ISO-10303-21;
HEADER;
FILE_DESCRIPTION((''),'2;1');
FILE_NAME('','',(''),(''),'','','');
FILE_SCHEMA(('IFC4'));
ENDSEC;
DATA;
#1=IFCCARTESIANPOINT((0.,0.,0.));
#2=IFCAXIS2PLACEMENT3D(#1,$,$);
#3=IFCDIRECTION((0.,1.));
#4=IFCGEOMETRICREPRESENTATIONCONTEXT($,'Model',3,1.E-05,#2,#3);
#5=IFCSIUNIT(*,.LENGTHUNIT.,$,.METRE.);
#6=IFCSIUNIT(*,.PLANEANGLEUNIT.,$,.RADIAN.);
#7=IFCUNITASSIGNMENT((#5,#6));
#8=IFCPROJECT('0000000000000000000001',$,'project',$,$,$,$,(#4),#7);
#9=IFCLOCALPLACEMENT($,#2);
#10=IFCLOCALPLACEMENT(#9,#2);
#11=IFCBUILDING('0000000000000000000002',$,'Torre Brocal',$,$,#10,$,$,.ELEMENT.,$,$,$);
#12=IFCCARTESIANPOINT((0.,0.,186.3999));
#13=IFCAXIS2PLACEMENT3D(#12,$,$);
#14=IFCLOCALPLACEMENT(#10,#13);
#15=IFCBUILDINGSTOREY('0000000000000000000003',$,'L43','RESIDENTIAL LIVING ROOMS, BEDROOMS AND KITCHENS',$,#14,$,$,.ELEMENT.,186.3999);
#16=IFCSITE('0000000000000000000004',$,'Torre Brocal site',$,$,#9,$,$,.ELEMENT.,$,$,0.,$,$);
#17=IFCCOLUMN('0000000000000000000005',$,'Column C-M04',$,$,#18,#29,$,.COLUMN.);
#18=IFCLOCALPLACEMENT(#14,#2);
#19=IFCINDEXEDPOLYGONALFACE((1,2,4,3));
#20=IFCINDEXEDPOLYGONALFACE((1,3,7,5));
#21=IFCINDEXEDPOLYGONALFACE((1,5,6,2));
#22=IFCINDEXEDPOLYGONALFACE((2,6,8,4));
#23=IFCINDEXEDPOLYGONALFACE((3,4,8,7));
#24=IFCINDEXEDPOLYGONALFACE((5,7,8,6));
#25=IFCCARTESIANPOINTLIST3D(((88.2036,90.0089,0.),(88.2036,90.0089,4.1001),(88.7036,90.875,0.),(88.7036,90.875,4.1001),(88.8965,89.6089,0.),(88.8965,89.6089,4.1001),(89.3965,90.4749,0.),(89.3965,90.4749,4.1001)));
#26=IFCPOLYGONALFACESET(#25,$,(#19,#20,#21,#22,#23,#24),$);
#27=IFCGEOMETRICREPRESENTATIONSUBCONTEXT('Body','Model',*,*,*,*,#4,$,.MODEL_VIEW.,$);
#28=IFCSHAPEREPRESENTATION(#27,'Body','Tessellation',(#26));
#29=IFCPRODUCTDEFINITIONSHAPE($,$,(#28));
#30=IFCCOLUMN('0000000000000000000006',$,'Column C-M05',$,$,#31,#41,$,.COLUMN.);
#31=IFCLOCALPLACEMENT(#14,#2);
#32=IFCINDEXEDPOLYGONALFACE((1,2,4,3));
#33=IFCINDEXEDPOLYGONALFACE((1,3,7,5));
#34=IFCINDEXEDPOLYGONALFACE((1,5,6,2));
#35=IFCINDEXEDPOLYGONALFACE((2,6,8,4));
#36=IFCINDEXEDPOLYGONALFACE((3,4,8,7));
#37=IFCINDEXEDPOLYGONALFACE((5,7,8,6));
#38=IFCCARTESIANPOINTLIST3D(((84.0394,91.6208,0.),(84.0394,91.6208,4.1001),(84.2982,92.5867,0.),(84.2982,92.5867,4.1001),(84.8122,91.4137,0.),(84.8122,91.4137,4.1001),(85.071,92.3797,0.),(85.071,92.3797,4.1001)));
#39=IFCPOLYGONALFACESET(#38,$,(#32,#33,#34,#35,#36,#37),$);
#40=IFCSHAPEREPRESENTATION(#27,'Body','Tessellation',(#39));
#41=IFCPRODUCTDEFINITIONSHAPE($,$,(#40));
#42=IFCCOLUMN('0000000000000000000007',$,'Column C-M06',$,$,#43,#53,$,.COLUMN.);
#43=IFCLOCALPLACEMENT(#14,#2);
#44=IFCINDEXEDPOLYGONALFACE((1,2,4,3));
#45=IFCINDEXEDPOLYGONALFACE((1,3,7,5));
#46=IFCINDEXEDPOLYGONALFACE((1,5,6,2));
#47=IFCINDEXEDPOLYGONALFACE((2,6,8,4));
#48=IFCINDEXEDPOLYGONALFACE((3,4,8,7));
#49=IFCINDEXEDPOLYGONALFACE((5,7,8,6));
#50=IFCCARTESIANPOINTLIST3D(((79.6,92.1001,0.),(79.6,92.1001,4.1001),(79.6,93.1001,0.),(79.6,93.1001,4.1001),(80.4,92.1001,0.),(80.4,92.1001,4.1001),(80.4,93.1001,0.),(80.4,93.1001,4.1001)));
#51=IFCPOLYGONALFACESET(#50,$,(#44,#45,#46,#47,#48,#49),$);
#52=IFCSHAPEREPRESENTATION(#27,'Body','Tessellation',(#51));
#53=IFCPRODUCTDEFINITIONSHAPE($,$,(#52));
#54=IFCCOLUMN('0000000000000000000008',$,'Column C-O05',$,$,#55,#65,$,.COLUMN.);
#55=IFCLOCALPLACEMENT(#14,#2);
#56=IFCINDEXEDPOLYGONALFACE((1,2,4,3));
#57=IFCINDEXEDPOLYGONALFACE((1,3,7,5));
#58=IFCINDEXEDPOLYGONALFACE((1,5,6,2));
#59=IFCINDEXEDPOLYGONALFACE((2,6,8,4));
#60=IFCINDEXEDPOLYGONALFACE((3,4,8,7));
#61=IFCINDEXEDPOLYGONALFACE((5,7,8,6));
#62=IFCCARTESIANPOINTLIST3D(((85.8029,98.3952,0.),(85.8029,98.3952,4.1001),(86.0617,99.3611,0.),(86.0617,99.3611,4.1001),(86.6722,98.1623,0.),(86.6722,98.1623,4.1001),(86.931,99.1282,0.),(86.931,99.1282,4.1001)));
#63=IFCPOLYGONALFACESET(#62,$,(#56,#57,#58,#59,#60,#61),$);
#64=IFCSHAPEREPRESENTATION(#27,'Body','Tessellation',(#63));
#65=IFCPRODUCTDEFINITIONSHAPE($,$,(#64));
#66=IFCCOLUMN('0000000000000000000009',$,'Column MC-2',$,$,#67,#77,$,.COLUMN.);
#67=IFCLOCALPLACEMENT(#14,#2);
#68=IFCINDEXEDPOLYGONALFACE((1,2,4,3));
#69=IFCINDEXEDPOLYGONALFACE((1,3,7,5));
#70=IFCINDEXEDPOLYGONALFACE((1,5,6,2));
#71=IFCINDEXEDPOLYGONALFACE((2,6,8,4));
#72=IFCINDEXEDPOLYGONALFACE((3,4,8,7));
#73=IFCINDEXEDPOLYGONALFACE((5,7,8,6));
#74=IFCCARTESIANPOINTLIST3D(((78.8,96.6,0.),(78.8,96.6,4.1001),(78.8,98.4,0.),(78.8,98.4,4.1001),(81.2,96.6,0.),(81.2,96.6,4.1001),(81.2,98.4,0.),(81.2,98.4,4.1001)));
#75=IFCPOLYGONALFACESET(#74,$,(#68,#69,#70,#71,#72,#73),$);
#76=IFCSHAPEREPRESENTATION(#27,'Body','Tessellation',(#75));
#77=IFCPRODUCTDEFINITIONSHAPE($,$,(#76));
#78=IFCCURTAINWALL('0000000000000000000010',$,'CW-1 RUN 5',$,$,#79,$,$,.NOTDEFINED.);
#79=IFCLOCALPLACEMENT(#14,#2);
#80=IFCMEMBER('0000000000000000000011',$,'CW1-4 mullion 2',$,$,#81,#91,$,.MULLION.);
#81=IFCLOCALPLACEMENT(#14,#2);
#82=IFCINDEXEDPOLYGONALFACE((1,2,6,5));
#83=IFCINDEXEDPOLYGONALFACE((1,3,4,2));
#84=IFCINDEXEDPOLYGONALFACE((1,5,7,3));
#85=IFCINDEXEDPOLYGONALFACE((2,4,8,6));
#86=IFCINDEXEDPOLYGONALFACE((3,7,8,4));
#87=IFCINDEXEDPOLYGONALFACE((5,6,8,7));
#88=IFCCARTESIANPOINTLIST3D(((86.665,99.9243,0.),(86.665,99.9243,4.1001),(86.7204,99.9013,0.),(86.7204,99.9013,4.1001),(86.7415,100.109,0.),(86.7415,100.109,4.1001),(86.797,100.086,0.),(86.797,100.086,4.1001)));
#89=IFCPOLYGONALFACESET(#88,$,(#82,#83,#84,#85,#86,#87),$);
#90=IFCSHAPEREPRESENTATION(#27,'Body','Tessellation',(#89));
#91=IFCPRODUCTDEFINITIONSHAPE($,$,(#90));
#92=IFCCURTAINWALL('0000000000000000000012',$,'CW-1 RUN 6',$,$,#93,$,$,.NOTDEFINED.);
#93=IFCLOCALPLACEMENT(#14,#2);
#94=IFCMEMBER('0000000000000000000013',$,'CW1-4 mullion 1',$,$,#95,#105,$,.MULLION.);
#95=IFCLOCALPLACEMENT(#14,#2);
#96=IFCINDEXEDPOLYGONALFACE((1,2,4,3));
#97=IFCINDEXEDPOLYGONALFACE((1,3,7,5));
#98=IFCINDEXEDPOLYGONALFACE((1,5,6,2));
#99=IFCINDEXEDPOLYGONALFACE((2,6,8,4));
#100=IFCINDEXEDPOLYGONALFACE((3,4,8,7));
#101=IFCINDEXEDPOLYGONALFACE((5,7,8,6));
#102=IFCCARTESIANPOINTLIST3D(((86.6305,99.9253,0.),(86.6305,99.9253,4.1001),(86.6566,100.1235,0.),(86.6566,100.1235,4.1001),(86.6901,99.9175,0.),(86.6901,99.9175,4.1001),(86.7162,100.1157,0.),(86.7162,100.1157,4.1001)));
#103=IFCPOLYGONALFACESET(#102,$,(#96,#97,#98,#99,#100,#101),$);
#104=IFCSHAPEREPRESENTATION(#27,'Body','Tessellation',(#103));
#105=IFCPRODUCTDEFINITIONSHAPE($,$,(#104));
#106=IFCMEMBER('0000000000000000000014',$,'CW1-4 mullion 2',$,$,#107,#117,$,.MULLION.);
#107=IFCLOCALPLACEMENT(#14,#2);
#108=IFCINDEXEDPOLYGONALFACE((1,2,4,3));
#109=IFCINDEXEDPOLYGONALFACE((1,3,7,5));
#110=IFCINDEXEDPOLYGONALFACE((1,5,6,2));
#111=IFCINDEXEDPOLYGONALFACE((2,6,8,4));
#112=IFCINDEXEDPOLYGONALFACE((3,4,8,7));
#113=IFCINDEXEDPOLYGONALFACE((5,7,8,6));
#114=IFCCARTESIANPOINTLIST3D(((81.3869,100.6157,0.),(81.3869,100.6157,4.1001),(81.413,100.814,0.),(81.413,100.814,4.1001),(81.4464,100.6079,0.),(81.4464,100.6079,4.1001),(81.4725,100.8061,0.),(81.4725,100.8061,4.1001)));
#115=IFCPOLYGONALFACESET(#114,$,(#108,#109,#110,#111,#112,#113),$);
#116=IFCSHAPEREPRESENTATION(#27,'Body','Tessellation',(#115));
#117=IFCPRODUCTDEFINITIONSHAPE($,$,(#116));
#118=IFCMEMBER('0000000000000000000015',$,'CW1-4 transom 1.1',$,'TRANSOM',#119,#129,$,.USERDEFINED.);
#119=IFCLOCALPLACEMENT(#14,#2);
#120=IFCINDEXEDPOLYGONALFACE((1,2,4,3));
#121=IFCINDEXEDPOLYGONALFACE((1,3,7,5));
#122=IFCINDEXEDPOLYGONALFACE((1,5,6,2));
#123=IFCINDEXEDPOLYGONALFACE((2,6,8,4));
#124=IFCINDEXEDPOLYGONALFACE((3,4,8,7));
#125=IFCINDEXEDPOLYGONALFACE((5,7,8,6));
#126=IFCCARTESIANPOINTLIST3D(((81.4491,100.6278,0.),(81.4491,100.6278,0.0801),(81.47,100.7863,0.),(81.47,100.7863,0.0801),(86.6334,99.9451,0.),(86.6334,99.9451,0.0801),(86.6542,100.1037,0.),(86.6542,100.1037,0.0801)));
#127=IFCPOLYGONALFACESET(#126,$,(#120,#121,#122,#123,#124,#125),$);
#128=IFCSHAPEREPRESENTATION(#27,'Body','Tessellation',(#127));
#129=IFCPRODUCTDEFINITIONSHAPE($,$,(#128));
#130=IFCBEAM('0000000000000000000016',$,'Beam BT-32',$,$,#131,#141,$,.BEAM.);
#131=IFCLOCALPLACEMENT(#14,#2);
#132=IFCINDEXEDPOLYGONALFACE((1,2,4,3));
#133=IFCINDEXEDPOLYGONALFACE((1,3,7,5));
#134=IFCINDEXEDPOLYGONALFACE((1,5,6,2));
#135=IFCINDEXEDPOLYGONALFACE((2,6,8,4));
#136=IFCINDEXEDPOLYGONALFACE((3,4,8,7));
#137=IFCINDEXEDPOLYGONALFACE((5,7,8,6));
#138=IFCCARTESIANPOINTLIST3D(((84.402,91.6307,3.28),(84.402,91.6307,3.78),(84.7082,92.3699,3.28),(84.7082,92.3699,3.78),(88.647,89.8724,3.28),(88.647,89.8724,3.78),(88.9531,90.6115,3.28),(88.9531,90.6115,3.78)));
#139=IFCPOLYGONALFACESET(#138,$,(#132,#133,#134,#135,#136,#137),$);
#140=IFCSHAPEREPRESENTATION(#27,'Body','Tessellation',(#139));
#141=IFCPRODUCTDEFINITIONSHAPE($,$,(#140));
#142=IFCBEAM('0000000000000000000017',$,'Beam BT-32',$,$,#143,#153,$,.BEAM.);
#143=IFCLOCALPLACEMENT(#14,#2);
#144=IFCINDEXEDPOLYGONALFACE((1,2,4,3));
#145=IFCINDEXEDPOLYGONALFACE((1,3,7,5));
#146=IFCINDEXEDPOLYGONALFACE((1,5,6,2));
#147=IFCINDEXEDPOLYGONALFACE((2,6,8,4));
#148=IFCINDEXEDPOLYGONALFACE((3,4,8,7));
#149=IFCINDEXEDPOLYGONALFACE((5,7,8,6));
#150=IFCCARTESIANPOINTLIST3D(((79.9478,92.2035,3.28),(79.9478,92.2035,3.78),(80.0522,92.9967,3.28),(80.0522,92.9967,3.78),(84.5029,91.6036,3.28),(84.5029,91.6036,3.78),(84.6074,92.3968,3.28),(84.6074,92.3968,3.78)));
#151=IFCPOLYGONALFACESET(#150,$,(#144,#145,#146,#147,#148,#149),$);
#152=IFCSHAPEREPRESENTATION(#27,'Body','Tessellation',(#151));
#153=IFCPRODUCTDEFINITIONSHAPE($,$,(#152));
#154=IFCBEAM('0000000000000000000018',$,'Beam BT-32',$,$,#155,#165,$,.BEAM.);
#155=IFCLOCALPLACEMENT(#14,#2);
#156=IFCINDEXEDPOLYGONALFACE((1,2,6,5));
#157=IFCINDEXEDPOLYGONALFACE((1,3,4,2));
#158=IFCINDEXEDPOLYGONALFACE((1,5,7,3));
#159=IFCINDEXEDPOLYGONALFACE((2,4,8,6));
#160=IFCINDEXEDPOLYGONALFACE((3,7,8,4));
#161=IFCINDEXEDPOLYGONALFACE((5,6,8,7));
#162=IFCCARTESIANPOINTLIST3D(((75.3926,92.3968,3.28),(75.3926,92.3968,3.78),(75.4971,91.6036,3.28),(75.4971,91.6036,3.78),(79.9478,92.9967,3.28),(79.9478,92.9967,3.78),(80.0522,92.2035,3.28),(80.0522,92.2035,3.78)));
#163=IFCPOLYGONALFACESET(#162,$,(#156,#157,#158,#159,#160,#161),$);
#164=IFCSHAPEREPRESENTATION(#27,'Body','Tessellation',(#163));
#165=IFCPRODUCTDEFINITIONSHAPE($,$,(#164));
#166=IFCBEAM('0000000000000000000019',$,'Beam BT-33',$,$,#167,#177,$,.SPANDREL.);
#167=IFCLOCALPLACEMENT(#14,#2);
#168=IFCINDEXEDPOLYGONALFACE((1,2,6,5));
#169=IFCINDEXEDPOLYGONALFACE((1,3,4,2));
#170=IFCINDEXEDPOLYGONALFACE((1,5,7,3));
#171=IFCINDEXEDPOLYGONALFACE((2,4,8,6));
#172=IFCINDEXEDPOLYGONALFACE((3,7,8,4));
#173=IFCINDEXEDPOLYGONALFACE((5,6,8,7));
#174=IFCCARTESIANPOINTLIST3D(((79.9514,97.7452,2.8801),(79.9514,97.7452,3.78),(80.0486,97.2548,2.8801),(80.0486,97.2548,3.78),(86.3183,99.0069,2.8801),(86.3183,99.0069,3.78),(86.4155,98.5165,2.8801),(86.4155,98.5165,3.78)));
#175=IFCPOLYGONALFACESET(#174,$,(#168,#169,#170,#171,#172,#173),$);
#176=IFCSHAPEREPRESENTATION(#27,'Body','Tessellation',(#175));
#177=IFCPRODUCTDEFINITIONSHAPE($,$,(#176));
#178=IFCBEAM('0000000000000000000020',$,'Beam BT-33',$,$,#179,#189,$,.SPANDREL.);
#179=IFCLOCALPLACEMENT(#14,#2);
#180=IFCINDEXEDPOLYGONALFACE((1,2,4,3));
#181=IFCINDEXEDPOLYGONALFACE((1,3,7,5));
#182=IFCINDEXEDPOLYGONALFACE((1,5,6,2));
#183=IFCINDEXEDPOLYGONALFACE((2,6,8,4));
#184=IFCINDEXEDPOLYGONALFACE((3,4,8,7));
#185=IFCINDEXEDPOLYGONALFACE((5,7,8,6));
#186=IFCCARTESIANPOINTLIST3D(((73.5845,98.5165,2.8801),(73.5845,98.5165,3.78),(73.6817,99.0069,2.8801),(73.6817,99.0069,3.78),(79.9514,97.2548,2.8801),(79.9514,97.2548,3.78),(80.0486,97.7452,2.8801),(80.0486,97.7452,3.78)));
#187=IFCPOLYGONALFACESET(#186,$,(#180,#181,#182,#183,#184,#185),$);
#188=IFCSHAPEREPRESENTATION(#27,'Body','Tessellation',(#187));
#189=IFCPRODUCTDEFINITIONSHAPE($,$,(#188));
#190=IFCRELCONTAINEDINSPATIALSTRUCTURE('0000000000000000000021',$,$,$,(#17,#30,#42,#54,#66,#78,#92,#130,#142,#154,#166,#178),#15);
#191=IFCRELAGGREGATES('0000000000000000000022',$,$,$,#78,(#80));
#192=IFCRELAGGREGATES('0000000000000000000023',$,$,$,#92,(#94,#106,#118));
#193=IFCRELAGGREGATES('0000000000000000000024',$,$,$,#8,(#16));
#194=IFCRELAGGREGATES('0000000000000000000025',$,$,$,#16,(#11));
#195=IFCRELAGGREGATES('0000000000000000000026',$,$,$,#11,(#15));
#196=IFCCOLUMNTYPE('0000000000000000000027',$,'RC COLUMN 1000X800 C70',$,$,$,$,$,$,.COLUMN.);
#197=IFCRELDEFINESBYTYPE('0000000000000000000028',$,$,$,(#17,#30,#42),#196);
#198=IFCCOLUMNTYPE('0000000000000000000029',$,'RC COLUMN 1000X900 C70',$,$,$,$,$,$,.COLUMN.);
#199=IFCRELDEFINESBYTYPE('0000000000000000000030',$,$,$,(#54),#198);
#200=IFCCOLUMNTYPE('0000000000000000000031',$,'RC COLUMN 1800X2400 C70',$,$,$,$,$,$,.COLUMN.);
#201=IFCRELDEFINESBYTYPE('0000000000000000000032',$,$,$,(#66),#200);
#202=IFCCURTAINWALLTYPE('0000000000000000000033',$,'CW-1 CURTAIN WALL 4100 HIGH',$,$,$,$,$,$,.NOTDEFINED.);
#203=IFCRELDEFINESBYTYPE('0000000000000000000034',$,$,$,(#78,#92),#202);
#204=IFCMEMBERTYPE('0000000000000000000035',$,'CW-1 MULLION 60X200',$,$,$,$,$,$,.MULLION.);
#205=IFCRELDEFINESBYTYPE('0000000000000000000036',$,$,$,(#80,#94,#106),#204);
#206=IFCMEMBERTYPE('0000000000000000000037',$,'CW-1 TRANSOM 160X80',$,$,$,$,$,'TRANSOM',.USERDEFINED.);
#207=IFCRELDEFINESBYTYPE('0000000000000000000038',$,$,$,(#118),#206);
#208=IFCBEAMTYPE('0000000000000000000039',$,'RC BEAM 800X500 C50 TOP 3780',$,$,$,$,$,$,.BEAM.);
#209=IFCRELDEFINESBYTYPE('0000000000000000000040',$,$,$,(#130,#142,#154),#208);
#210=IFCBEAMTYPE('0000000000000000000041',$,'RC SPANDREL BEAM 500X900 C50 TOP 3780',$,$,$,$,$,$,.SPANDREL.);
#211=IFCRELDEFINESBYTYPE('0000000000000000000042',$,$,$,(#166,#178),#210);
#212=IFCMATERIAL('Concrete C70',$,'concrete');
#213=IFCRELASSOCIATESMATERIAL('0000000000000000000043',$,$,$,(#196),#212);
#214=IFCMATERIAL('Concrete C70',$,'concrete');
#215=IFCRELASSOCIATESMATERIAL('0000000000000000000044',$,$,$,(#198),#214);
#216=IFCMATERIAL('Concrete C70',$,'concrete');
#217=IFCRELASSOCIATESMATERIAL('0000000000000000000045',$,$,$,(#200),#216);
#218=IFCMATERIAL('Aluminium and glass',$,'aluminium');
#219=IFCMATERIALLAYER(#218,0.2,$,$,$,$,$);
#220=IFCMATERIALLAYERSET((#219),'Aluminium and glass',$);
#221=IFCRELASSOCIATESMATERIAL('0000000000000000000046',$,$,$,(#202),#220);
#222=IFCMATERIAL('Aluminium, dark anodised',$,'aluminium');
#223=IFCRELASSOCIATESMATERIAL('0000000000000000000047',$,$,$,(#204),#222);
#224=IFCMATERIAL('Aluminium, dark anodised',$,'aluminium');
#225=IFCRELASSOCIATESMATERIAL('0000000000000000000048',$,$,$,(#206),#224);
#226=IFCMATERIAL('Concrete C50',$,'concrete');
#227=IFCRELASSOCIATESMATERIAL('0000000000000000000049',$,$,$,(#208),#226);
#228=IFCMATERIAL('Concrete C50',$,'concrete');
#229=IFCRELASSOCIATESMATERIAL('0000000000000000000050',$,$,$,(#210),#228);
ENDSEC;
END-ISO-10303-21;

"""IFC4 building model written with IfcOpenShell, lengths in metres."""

from ifc_helpers import new_model, si_unit, direction, frame, origin, origin_2d, place, context, subcontext, project, spatial, rectangle, extrude, material, layer, layer_set, material_profile, profile_set, type_object, element, aggregate, save


model = new_model("IFC4")

# Units and contexts
model_context = context("Model", 3, precision=1e-05, world=origin(), true_north=direction((0.0, 1.0)))
body_context = subcontext(model_context, "Body", "Model", "MODEL_VIEW")
ifc_project = project(units=[si_unit("LENGTHUNIT", "METRE"), si_unit("PLANEANGLEUNIT", "RADIAN")], contexts=[model_context])

# Site, building, storey
site_placement = place(None, origin())
site = spatial("IfcSite", under=ifc_project, at=site_placement, Name="Torre Brocal site", CompositionType="ELEMENT", RefElevation=0.0)
building_placement = place(site_placement, origin())
building = spatial("IfcBuilding", under=site, at=building_placement, Name="Torre Brocal", CompositionType="ELEMENT")
storey_placement = place(building_placement, frame((0.0, 0.0, 186.3999)))
storey = spatial("IfcBuildingStorey", under=building, at=storey_placement, Name="L43", Description="RESIDENTIAL LIVING ROOMS, BEDROOMS AND KITCHENS", CompositionType="ELEMENT", Elevation=186.3999)

# Columns
ifc_material_1 = material(Name="Concrete C70", Category="concrete")
ifc_material_profile_1 = material_profile(ifc_material_1, rectangle(XDim=1.0, YDim=0.8, at=origin_2d()), Name="RC 1000X800")
ifc_profile_set_1 = profile_set([ifc_material_profile_1], Name="Concrete C70")
column_type_1 = type_object("IfcColumnType", Name="RC COLUMN 1000X800 C70", PredefinedType="COLUMN", material=ifc_profile_set_1)
for number, where, z_axis, x_axis, name in (
    (1, (88.8, 90.2419, 0.0), (0.0, 0.0, 1.0), (0.5, 0.866025, 0.0), "Column C-M04"),
    (2, (84.5552, 92.0002, 0.0), (0.0, 0.0, 1.0), (0.258819, 0.965926, 0.0), "Column C-M05"),
    (3, (80.0, 92.6001, 0.0), (0.0, 0.0, 1.0), (0.0, 1.0, 0.0), "Column C-M06"),
):
    element("IfcColumn", number, at=place(storey_placement, frame(where, z_axis=z_axis, x_axis=x_axis)), inside=storey, type_object=column_type_1, Name=name, PredefinedType="COLUMN", context=body_context, shape_type="SweptSolid", body=[
        extrude(rectangle(XDim=1.0, YDim=0.8, at=origin_2d()), origin(), (0.0, 0.0, 1.0), 4.1001),
    ])
ifc_material_2 = material(Name="Concrete C70", Category="concrete")
ifc_material_profile_2 = material_profile(ifc_material_2, rectangle(XDim=1.0, YDim=0.8999, at=origin_2d()), Name="RC 1000X900")
ifc_profile_set_2 = profile_set([ifc_material_profile_2], Name="Concrete C70")
column_type_2 = type_object("IfcColumnType", Name="RC COLUMN 1000X900 C70", PredefinedType="COLUMN", material=ifc_profile_set_2)
column_1_placement = place(storey_placement, frame((86.3669, 98.7617, 0.0), z_axis=(0.0, 0.0, 1.0), x_axis=(0.258819, 0.965926, 0.0)))
element("IfcColumn", 4, at=column_1_placement, inside=storey, type_object=column_type_2, Name="Column C-O05", PredefinedType="COLUMN", context=body_context, shape_type="SweptSolid", body=[
    extrude(rectangle(XDim=1.0, YDim=0.8999, at=origin_2d()), origin(), (0.0, 0.0, 1.0), 4.1001),
])
ifc_material_3 = material(Name="Concrete C70", Category="concrete")
ifc_material_profile_3 = material_profile(ifc_material_3, rectangle(XDim=1.8, YDim=2.3999, at=origin_2d()), Name="RC 1800X2400")
ifc_profile_set_3 = profile_set([ifc_material_profile_3], Name="Concrete C70")
column_type_3 = type_object("IfcColumnType", Name="RC COLUMN 1800X2400 C70", PredefinedType="COLUMN", material=ifc_profile_set_3)
column_2_placement = place(storey_placement, frame((80.0, 97.5, 0.0), z_axis=(0.0, 0.0, 1.0), x_axis=(0.0, 1.0, 0.0)))
element("IfcColumn", 5, at=column_2_placement, inside=storey, type_object=column_type_3, Name="Column MC-2", PredefinedType="COLUMN", context=body_context, shape_type="SweptSolid", body=[
    extrude(rectangle(XDim=1.8, YDim=2.3999, at=origin_2d()), origin(), (0.0, 0.0, 1.0), 4.1001),
])

# Curtain wall, member
ifc_material_4 = material(Name="Aluminium and glass", Category="aluminium")
ifc_layer_1 = layer(ifc_material_4, 0.2)
ifc_layer_set_1 = layer_set([ifc_layer_1], Name="Aluminium and glass")
curtain_wall_type = type_object("IfcCurtainWallType", Name="CW-1 CURTAIN WALL 4100 HIGH", PredefinedType="NOTDEFINED", material=ifc_layer_set_1)
curtain_wall_1_placement = place(storey_placement, origin())
curtain_wall_1 = element("IfcCurtainWall", 6, at=curtain_wall_1_placement, inside=storey, type_object=curtain_wall_type, Name="CW-1 RUN 5", PredefinedType="NOTDEFINED")
ifc_material_5 = material(Name="Aluminium, dark anodised", Category="aluminium")
ifc_material_profile_4 = material_profile(ifc_material_5, rectangle(XDim=0.2, YDim=0.0601, at=origin_2d()), Name="CW-1 MULLION 60X200")
ifc_profile_set_4 = profile_set([ifc_material_profile_4], Name="Aluminium, dark anodised")
member_type_1 = type_object("IfcMemberType", Name="CW-1 MULLION 60X200", PredefinedType="MULLION", material=ifc_profile_set_4)
member_1_placement = place(storey_placement, frame((86.731, 100.0051, 0.0), z_axis=(0.0, 0.0, 1.0), x_axis=(-0.382683, -0.92388, 0.0)))
member_1 = element("IfcMember", 7, at=member_1_placement, type_object=member_type_1, Name="CW1-4 mullion 2", PredefinedType="MULLION", context=body_context, shape_type="SweptSolid", body=[
    extrude(rectangle(XDim=0.2, YDim=0.0601, at=origin_2d()), origin(), (0.0, 0.0, 1.0), 4.1001),
])

# Curtain wall, members
curtain_wall_2_placement = place(storey_placement, origin())
curtain_wall_2 = element("IfcCurtainWall", 8, at=curtain_wall_2_placement, inside=storey, type_object=curtain_wall_type, Name="CW-1 RUN 6", PredefinedType="NOTDEFINED")
member_2_placement = place(storey_placement, frame((86.6733, 100.0205, 0.0), z_axis=(0.0, 0.0, 1.0), x_axis=(-0.130526, -0.991445, 0.0)))
member_2 = element("IfcMember", 9, at=member_2_placement, type_object=member_type_1, Name="CW1-4 mullion 1", PredefinedType="MULLION", context=body_context, shape_type="SweptSolid", body=[
    extrude(rectangle(XDim=0.2, YDim=0.0601, at=origin_2d()), origin(), (0.0, 0.0, 1.0), 4.1001),
])
member_3_placement = place(storey_placement, frame((81.4297, 100.7109, 0.0), z_axis=(0.0, 0.0, 1.0), x_axis=(-0.130526, -0.991445, 0.0)))
member_3 = element("IfcMember", 10, at=member_3_placement, type_object=member_type_1, Name="CW1-4 mullion 2", PredefinedType="MULLION", context=body_context, shape_type="SweptSolid", body=[
    extrude(rectangle(XDim=0.2, YDim=0.0601, at=origin_2d()), origin(), (0.0, 0.0, 1.0), 4.1001),
])
ifc_material_6 = material(Name="Aluminium, dark anodised", Category="aluminium")
ifc_material_profile_5 = material_profile(ifc_material_6, rectangle(XDim=0.1599, YDim=0.0801, at=origin_2d()), Name="CW-1 TRANSOM 160X80")
ifc_profile_set_5 = profile_set([ifc_material_profile_5], Name="Aluminium, dark anodised")
member_type_2 = type_object("IfcMemberType", Name="CW-1 TRANSOM 160X80", ElementType="TRANSOM", PredefinedType="USERDEFINED", material=ifc_profile_set_5)
member_4_placement = place(storey_placement, frame((86.6438, 100.0244, 0.04), z_axis=(-0.991443, 0.130543, 0.0), x_axis=(-0.130543, -0.991443, 0.0)))
member_4 = element("IfcMember", 11, at=member_4_placement, type_object=member_type_2, Name="CW1-4 transom 1.1", ObjectType="TRANSOM", PredefinedType="USERDEFINED", context=body_context, shape_type="SweptSolid", body=[
    extrude(rectangle(XDim=0.1599, YDim=0.0801, at=origin_2d()), origin(), (0.0, 0.0, 1.0), 5.229),
])

# Beams
ifc_material_7 = material(Name="Concrete C50", Category="concrete")
ifc_material_profile_6 = material_profile(ifc_material_7, rectangle(XDim=0.8, YDim=0.5, at=origin_2d()), Name="RC 800X500")
ifc_profile_set_6 = profile_set([ifc_material_profile_6], Name="Concrete C50")
beam_type_1 = type_object("IfcBeamType", Name="RC BEAM 800X500 C50 TOP 3780", PredefinedType="BEAM", material=ifc_profile_set_6)
beam_placement = place(storey_placement, frame((88.8, 90.2419, 3.53), z_axis=(-0.923878, 0.382687, 0.0), x_axis=(-0.382687, -0.923878, 0.0)))
element("IfcBeam", 12, at=beam_placement, inside=storey, type_object=beam_type_1, Name="Beam BT-32", PredefinedType="BEAM", context=body_context, shape_type="SweptSolid", body=[
    extrude(rectangle(XDim=0.8, YDim=0.5, at=origin_2d()), origin(), (0.0, 0.0, 1.0), 4.5947),
])
for number, where, z_axis, x_axis, name in (
    (13, (84.5552, 92.0002, 3.53), (-0.991441, 0.130559, 0.0), (-0.130559, -0.991441, 0.0), "Beam BT-32"),
    (14, (80.0, 92.6001, 3.53), (-0.991441, -0.130559, 0.0), (0.130559, -0.991441, 0.0), "Beam BT-32"),
):
    element("IfcBeam", number, at=place(storey_placement, frame(where, z_axis=z_axis, x_axis=x_axis)), inside=storey, type_object=beam_type_1, Name=name, PredefinedType="BEAM", context=body_context, shape_type="SweptSolid", body=[
        extrude(rectangle(XDim=0.8, YDim=0.5, at=origin_2d()), origin(), (0.0, 0.0, 1.0), 4.5945),
    ])
ifc_material_8 = material(Name="Concrete C50", Category="concrete")
ifc_material_profile_7 = material_profile(ifc_material_8, rectangle(XDim=0.5, YDim=0.8999, at=origin_2d()), Name="RC 500X900")
ifc_profile_set_7 = profile_set([ifc_material_profile_7], Name="Concrete C50")
beam_type_2 = type_object("IfcBeamType", Name="RC SPANDREL BEAM 500X900 C50 TOP 3780", PredefinedType="SPANDREL", material=ifc_profile_set_7)
for number, where, z_axis, x_axis, name in (
    (15, (86.3669, 98.7617, 3.3301), (-0.980925, -0.194387, 0.0), (0.194387, -0.980925, 0.0), "Beam BT-33"),
    (16, (80.0, 97.5, 3.3301), (-0.980925, 0.194387, 0.0), (-0.194387, -0.980925, 0.0), "Beam BT-33"),
):
    element("IfcBeam", number, at=place(storey_placement, frame(where, z_axis=z_axis, x_axis=x_axis)), inside=storey, type_object=beam_type_2, Name=name, PredefinedType="SPANDREL", context=body_context, shape_type="SweptSolid", body=[
        extrude(rectangle(XDim=0.5, YDim=0.8999, at=origin_2d()), origin(), (0.0, 0.0, 1.0), 6.4907),
    ])

aggregate(curtain_wall_1, [member_1])
aggregate(curtain_wall_2, [member_2, member_3, member_4])

save(model, "model.ifc")
